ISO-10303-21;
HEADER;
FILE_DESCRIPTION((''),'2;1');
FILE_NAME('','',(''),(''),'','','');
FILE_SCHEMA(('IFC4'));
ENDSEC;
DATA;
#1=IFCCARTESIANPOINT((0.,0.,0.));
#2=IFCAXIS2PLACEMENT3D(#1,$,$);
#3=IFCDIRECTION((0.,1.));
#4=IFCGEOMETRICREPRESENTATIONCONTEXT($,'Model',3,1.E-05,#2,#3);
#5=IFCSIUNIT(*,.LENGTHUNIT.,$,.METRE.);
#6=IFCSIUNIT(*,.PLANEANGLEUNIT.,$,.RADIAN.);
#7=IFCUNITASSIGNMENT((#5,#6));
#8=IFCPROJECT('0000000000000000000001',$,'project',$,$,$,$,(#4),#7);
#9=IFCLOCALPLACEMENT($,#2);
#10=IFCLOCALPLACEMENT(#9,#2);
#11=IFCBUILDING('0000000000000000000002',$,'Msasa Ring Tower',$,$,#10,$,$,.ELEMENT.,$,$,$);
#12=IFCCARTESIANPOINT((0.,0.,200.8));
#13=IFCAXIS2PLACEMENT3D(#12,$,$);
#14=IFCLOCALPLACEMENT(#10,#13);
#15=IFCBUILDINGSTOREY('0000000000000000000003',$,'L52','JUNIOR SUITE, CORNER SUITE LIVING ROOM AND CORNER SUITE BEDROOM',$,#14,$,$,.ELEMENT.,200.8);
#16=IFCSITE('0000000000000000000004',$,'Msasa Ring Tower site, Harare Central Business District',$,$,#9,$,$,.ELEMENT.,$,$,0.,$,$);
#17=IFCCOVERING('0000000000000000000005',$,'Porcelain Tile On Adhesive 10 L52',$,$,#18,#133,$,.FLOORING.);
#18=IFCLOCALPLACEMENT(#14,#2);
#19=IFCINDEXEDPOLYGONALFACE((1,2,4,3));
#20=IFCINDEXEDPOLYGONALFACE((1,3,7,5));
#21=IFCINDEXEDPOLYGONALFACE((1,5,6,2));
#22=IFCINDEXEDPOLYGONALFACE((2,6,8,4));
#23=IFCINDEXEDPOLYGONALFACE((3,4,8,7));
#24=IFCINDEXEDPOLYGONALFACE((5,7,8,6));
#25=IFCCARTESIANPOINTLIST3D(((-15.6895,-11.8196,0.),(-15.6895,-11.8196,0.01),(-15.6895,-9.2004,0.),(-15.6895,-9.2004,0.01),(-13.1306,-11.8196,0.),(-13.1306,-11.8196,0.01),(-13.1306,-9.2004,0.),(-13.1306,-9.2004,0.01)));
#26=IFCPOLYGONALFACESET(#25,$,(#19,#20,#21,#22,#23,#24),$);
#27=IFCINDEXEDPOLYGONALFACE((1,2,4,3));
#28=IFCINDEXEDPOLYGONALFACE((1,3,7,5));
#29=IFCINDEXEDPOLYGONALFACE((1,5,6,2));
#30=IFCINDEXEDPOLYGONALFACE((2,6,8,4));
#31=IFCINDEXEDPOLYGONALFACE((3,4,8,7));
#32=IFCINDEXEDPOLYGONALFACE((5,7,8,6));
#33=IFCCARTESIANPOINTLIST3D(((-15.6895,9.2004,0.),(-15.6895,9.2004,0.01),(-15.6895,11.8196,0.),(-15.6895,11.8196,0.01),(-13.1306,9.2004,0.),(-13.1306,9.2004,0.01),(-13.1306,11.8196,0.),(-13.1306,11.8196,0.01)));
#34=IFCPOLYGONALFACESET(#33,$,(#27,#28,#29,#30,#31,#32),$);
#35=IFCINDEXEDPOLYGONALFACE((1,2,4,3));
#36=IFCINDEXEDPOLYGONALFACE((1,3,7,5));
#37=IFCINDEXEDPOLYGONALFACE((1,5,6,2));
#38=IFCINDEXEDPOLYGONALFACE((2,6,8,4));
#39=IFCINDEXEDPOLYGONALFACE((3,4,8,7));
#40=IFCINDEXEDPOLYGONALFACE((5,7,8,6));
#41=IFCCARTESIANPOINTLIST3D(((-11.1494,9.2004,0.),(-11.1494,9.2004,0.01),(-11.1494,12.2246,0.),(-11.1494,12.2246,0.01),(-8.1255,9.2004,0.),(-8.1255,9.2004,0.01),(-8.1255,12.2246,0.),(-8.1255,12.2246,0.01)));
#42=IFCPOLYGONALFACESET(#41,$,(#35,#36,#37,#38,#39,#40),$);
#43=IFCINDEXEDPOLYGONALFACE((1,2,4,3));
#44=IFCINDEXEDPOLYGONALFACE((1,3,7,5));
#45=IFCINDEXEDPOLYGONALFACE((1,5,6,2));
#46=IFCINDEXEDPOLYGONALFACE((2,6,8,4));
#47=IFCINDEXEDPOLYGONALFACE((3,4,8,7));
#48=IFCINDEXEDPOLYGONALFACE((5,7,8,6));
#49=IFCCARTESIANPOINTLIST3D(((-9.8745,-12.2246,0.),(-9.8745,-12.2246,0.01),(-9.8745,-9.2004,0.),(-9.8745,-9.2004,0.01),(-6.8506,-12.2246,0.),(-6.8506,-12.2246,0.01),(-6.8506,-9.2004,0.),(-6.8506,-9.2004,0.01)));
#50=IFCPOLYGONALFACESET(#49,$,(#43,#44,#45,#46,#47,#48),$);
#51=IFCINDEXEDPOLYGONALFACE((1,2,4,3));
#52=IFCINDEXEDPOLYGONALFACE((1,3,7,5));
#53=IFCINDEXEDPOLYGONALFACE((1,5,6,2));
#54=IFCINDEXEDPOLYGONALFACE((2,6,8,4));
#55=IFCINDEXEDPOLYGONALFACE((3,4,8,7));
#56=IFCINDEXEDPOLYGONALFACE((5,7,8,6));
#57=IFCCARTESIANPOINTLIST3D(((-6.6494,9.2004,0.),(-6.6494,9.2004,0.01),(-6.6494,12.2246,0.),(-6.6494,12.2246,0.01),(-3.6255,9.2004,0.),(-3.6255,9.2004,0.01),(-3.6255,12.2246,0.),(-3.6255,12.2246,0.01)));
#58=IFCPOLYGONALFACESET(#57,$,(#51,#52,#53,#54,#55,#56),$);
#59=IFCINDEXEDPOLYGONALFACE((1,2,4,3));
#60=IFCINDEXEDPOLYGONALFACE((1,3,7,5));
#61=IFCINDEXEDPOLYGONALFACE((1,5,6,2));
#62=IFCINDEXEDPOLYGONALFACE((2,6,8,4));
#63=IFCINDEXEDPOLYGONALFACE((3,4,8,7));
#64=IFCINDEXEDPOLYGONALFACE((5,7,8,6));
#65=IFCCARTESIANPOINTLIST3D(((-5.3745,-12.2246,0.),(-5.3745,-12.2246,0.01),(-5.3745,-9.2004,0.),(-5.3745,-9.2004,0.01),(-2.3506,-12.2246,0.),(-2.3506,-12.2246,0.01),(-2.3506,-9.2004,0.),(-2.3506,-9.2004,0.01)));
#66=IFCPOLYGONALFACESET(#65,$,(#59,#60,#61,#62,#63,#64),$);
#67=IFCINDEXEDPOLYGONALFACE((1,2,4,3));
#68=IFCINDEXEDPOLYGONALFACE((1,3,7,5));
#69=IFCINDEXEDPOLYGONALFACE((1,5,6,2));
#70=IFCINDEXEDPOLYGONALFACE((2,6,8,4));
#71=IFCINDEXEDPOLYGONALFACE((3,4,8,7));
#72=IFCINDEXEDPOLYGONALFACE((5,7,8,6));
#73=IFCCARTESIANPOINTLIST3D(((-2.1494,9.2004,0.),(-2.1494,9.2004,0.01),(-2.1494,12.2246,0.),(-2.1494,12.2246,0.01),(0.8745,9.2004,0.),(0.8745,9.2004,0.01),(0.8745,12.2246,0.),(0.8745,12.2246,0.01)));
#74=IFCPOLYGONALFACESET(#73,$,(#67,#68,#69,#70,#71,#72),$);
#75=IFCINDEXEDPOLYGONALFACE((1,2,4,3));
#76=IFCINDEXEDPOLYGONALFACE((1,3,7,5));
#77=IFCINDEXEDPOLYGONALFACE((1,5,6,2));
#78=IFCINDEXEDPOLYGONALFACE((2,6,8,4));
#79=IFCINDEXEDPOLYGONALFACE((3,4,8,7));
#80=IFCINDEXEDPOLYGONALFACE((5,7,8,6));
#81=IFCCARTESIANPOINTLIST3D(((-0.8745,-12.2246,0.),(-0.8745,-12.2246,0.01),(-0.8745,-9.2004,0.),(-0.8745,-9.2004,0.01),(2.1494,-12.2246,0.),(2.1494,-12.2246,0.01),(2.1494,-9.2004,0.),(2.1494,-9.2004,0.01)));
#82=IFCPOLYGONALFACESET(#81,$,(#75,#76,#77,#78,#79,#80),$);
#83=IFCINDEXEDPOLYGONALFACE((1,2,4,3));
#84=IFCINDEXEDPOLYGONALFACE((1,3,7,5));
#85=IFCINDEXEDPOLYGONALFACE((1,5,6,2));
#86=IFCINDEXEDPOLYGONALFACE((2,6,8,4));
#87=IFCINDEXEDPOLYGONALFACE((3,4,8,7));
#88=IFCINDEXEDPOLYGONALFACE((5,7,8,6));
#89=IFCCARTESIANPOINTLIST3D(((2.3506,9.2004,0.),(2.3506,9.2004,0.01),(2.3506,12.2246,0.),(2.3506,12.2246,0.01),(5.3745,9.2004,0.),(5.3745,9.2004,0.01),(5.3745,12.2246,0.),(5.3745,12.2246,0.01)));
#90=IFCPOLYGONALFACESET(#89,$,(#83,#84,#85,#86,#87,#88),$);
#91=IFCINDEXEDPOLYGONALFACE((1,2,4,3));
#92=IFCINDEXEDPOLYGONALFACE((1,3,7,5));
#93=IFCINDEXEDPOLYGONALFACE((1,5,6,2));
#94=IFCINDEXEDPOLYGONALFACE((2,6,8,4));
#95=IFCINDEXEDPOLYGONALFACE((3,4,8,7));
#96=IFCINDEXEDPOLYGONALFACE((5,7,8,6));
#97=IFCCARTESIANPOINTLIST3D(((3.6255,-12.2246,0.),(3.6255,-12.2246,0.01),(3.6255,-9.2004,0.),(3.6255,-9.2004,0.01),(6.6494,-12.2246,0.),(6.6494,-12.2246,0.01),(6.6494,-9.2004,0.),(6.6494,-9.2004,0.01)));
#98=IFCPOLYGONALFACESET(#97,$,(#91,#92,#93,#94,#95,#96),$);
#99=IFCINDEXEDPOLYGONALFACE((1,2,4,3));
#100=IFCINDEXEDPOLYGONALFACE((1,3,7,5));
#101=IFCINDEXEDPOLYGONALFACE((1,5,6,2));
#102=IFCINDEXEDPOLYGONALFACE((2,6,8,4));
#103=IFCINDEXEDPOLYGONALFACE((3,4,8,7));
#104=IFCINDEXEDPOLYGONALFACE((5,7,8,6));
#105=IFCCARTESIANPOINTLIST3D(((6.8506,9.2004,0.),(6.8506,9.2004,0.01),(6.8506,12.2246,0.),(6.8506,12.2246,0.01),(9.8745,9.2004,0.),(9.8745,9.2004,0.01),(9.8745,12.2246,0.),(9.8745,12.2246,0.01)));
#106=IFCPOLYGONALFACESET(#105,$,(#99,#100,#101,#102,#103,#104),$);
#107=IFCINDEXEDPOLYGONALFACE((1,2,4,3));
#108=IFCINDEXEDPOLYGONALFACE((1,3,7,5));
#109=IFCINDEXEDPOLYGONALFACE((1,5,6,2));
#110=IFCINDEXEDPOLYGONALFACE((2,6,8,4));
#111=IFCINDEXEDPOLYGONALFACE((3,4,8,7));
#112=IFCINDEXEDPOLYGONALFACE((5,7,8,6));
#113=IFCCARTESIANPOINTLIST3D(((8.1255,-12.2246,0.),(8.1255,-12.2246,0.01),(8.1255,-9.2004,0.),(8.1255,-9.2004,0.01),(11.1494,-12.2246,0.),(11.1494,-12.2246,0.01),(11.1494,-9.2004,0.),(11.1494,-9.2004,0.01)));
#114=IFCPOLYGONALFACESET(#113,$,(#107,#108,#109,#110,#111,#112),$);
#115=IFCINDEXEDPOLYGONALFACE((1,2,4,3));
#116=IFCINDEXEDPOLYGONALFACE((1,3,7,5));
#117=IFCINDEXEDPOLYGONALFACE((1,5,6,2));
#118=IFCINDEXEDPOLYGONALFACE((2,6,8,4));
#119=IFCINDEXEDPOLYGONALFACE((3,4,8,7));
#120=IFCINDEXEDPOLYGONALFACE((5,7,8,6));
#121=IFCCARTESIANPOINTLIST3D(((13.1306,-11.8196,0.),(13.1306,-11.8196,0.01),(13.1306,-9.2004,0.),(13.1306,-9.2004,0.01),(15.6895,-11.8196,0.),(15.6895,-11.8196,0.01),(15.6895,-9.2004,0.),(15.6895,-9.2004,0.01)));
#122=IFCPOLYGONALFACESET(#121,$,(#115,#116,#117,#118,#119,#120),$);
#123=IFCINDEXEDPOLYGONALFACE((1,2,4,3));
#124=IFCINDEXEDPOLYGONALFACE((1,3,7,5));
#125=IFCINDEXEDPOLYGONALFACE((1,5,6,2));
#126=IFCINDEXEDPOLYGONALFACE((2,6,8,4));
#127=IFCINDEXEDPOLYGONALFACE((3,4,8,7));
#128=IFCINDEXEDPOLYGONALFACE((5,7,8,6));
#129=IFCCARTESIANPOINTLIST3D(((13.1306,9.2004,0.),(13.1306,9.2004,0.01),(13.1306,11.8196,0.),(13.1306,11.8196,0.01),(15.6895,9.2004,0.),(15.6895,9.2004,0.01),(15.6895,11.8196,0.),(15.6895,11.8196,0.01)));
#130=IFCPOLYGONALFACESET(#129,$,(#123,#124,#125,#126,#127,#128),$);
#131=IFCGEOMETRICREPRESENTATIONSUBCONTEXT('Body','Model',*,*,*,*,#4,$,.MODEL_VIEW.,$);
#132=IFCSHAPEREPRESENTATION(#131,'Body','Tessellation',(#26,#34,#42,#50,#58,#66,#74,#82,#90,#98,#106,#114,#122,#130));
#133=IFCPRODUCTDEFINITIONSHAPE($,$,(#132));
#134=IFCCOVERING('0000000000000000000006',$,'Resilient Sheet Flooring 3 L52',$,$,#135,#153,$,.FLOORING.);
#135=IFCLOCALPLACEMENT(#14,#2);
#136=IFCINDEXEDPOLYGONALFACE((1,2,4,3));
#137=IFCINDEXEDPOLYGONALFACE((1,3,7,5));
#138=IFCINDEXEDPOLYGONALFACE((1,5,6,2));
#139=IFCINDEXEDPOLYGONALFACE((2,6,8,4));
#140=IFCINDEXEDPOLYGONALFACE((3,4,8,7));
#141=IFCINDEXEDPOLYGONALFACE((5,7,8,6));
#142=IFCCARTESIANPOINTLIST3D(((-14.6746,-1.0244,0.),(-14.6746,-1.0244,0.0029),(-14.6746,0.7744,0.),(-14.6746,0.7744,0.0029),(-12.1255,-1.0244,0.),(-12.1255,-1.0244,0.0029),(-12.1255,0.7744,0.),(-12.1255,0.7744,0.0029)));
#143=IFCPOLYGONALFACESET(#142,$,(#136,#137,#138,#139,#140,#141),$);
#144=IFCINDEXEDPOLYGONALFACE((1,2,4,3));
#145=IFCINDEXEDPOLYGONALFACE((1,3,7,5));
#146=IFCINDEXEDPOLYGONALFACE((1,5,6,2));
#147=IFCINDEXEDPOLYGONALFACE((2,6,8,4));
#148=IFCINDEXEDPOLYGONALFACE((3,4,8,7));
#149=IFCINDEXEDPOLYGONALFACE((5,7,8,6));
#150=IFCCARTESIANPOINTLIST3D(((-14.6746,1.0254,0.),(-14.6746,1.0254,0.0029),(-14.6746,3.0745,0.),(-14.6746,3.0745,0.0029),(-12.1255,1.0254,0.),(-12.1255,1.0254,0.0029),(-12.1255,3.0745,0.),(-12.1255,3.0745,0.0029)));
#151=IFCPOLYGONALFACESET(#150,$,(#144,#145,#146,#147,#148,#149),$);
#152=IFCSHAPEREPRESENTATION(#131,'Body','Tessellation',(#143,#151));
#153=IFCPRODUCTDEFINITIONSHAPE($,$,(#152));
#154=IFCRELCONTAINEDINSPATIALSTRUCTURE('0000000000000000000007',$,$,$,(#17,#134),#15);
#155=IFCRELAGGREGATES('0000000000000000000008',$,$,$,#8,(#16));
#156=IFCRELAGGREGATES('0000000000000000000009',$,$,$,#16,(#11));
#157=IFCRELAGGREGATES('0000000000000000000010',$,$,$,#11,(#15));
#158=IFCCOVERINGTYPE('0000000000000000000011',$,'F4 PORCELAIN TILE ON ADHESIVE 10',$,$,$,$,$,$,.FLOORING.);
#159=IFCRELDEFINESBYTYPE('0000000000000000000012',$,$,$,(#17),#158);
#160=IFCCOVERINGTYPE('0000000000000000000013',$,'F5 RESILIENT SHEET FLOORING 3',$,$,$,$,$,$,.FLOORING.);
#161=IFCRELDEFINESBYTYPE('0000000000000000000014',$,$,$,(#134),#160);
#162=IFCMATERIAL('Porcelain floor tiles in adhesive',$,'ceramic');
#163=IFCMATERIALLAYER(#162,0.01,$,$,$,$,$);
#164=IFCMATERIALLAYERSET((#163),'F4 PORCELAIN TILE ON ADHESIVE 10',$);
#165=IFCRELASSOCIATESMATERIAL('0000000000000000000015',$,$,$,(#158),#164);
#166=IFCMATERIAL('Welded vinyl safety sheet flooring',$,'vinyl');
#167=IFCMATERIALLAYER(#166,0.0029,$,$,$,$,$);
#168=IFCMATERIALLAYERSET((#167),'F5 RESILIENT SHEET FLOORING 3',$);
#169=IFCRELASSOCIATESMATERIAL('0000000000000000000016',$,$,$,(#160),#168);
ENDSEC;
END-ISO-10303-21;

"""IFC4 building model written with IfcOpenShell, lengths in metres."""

from ifc_helpers import new_model, si_unit, direction, frame, origin, place, context, subcontext, project, spatial, line, indexed_curve, outline, extrude, material, layer, layer_set, type_object, element, save


model = new_model("IFC4")

# Units and contexts
model_context = context("Model", 3, precision=1e-05, world=origin(), true_north=direction((0.0, 1.0)))
body_context = subcontext(model_context, "Body", "Model", "MODEL_VIEW")
ifc_project = project(units=[si_unit("LENGTHUNIT", "METRE"), si_unit("PLANEANGLEUNIT", "RADIAN")], contexts=[model_context])

# Site, building, storey
site_placement = place(None, origin())
site = spatial("IfcSite", under=ifc_project, at=site_placement, Name="Msasa Ring Tower site, Harare Central Business District", CompositionType="ELEMENT", RefElevation=0.0)
building_placement = place(site_placement, origin())
building = spatial("IfcBuilding", under=site, at=building_placement, Name="Msasa Ring Tower", CompositionType="ELEMENT")
storey_placement = place(building_placement, frame((0.0, 0.0, 200.8)))
storey = spatial("IfcBuildingStorey", under=building, at=storey_placement, Name="L52", Description="JUNIOR SUITE, CORNER SUITE LIVING ROOM AND CORNER SUITE BEDROOM", CompositionType="ELEMENT", Elevation=200.8)

# Coverings
ifc_material_1 = material(Name="Porcelain floor tiles in adhesive", Category="ceramic")
ifc_layer_1 = layer(ifc_material_1, 0.01)
ifc_layer_set_1 = layer_set([ifc_layer_1], Name="F4 PORCELAIN TILE ON ADHESIVE 10")
covering_type_1 = type_object("IfcCoveringType", Name="F4 PORCELAIN TILE ON ADHESIVE 10", PredefinedType="FLOORING", material=ifc_layer_set_1)
covering_1_placement = place(storey_placement, origin())
element("IfcCovering", 1, at=covering_1_placement, inside=storey, type_object=covering_type_1, Name="Porcelain Tile On Adhesive 10 L52", PredefinedType="FLOORING", context=body_context, shape_type="SweptSolid", body=[
    extrude(outline(indexed_curve([(-13.1306, -9.2004), (-13.1306, -11.8196), (-15.6895, -11.8196), (-15.6895, -9.2004)], segments=[line(1, 2, 3, 4, 1)], self_intersect=False)), origin(), (0.0, 0.0, 1.0), 0.01),
    extrude(outline(indexed_curve([(-13.1306, 11.8196), (-13.1306, 9.2004), (-15.6895, 9.2004), (-15.6895, 11.8196)], segments=[line(1, 2, 3, 4, 1)], self_intersect=False)), origin(), (0.0, 0.0, 1.0), 0.01),
    extrude(outline(indexed_curve([(-11.1494, 9.2004), (-11.1494, 12.2246), (-8.1255, 12.2246), (-8.1255, 9.2004)], segments=[line(1, 2, 3, 4, 1)], self_intersect=False)), origin(), (0.0, 0.0, 1.0), 0.01),
    extrude(outline(indexed_curve([(-6.8506, -9.2004), (-6.8506, -12.2246), (-9.8745, -12.2246), (-9.8745, -9.2004)], segments=[line(1, 2, 3, 4, 1)], self_intersect=False)), origin(), (0.0, 0.0, 1.0), 0.01),
    extrude(outline(indexed_curve([(-6.6494, 9.2004), (-6.6494, 12.2246), (-3.6255, 12.2246), (-3.6255, 9.2004)], segments=[line(1, 2, 3, 4, 1)], self_intersect=False)), origin(), (0.0, 0.0, 1.0), 0.01),
    extrude(outline(indexed_curve([(-2.3506, -9.2004), (-2.3506, -12.2246), (-5.3745, -12.2246), (-5.3745, -9.2004)], segments=[line(1, 2, 3, 4, 1)], self_intersect=False)), origin(), (0.0, 0.0, 1.0), 0.01),
    extrude(outline(indexed_curve([(-2.1494, 9.2004), (-2.1494, 12.2246), (0.8745, 12.2246), (0.8745, 9.2004)], segments=[line(1, 2, 3, 4, 1)], self_intersect=False)), origin(), (0.0, 0.0, 1.0), 0.01),
    extrude(outline(indexed_curve([(2.1494, -9.2004), (2.1494, -12.2246), (-0.8745, -12.2246), (-0.8745, -9.2004)], segments=[line(1, 2, 3, 4, 1)], self_intersect=False)), origin(), (0.0, 0.0, 1.0), 0.01),
    extrude(outline(indexed_curve([(2.3506, 9.2004), (2.3506, 12.2246), (5.3745, 12.2246), (5.3745, 9.2004)], segments=[line(1, 2, 3, 4, 1)], self_intersect=False)), origin(), (0.0, 0.0, 1.0), 0.01),
    extrude(outline(indexed_curve([(6.6494, -9.2004), (6.6494, -12.2246), (3.6255, -12.2246), (3.6255, -9.2004)], segments=[line(1, 2, 3, 4, 1)], self_intersect=False)), origin(), (0.0, 0.0, 1.0), 0.01),
    extrude(outline(indexed_curve([(6.8506, 9.2004), (6.8506, 12.2246), (9.8745, 12.2246), (9.8745, 9.2004)], segments=[line(1, 2, 3, 4, 1)], self_intersect=False)), origin(), (0.0, 0.0, 1.0), 0.01),
    extrude(outline(indexed_curve([(11.1494, -9.2004), (11.1494, -12.2246), (8.1255, -12.2246), (8.1255, -9.2004)], segments=[line(1, 2, 3, 4, 1)], self_intersect=False)), origin(), (0.0, 0.0, 1.0), 0.01),
    extrude(outline(indexed_curve([(15.6895, -9.2004), (15.6895, -11.8196), (13.1306, -11.8196), (13.1306, -9.2004)], segments=[line(1, 2, 3, 4, 1)], self_intersect=False)), origin(), (0.0, 0.0, 1.0), 0.01),
    extrude(outline(indexed_curve([(15.6895, 11.8196), (15.6895, 9.2004), (13.1306, 9.2004), (13.1306, 11.8196)], segments=[line(1, 2, 3, 4, 1)], self_intersect=False)), origin(), (0.0, 0.0, 1.0), 0.01),
])
ifc_material_2 = material(Name="Welded vinyl safety sheet flooring", Category="vinyl")
ifc_layer_2 = layer(ifc_material_2, 0.0029)
ifc_layer_set_2 = layer_set([ifc_layer_2], Name="F5 RESILIENT SHEET FLOORING 3")
covering_type_2 = type_object("IfcCoveringType", Name="F5 RESILIENT SHEET FLOORING 3", PredefinedType="FLOORING", material=ifc_layer_set_2)
covering_2_placement = place(storey_placement, origin())
element("IfcCovering", 2, at=covering_2_placement, inside=storey, type_object=covering_type_2, Name="Resilient Sheet Flooring 3 L52", PredefinedType="FLOORING", context=body_context, shape_type="SweptSolid", body=[
    extrude(outline(indexed_curve([(-12.1255, -1.0244), (-14.6746, -1.0244), (-14.6746, 0.7744), (-12.1255, 0.7744)], segments=[line(1, 2, 3, 4, 1)], self_intersect=False)), origin(), (0.0, 0.0, 1.0), 0.0029),
    extrude(outline(indexed_curve([(-12.1255, 1.0254), (-14.6746, 1.0254), (-14.6746, 3.0745), (-12.1255, 3.0745)], segments=[line(1, 2, 3, 4, 1)], self_intersect=False)), origin(), (0.0, 0.0, 1.0), 0.0029),
])

save(model, "model.ifc")
